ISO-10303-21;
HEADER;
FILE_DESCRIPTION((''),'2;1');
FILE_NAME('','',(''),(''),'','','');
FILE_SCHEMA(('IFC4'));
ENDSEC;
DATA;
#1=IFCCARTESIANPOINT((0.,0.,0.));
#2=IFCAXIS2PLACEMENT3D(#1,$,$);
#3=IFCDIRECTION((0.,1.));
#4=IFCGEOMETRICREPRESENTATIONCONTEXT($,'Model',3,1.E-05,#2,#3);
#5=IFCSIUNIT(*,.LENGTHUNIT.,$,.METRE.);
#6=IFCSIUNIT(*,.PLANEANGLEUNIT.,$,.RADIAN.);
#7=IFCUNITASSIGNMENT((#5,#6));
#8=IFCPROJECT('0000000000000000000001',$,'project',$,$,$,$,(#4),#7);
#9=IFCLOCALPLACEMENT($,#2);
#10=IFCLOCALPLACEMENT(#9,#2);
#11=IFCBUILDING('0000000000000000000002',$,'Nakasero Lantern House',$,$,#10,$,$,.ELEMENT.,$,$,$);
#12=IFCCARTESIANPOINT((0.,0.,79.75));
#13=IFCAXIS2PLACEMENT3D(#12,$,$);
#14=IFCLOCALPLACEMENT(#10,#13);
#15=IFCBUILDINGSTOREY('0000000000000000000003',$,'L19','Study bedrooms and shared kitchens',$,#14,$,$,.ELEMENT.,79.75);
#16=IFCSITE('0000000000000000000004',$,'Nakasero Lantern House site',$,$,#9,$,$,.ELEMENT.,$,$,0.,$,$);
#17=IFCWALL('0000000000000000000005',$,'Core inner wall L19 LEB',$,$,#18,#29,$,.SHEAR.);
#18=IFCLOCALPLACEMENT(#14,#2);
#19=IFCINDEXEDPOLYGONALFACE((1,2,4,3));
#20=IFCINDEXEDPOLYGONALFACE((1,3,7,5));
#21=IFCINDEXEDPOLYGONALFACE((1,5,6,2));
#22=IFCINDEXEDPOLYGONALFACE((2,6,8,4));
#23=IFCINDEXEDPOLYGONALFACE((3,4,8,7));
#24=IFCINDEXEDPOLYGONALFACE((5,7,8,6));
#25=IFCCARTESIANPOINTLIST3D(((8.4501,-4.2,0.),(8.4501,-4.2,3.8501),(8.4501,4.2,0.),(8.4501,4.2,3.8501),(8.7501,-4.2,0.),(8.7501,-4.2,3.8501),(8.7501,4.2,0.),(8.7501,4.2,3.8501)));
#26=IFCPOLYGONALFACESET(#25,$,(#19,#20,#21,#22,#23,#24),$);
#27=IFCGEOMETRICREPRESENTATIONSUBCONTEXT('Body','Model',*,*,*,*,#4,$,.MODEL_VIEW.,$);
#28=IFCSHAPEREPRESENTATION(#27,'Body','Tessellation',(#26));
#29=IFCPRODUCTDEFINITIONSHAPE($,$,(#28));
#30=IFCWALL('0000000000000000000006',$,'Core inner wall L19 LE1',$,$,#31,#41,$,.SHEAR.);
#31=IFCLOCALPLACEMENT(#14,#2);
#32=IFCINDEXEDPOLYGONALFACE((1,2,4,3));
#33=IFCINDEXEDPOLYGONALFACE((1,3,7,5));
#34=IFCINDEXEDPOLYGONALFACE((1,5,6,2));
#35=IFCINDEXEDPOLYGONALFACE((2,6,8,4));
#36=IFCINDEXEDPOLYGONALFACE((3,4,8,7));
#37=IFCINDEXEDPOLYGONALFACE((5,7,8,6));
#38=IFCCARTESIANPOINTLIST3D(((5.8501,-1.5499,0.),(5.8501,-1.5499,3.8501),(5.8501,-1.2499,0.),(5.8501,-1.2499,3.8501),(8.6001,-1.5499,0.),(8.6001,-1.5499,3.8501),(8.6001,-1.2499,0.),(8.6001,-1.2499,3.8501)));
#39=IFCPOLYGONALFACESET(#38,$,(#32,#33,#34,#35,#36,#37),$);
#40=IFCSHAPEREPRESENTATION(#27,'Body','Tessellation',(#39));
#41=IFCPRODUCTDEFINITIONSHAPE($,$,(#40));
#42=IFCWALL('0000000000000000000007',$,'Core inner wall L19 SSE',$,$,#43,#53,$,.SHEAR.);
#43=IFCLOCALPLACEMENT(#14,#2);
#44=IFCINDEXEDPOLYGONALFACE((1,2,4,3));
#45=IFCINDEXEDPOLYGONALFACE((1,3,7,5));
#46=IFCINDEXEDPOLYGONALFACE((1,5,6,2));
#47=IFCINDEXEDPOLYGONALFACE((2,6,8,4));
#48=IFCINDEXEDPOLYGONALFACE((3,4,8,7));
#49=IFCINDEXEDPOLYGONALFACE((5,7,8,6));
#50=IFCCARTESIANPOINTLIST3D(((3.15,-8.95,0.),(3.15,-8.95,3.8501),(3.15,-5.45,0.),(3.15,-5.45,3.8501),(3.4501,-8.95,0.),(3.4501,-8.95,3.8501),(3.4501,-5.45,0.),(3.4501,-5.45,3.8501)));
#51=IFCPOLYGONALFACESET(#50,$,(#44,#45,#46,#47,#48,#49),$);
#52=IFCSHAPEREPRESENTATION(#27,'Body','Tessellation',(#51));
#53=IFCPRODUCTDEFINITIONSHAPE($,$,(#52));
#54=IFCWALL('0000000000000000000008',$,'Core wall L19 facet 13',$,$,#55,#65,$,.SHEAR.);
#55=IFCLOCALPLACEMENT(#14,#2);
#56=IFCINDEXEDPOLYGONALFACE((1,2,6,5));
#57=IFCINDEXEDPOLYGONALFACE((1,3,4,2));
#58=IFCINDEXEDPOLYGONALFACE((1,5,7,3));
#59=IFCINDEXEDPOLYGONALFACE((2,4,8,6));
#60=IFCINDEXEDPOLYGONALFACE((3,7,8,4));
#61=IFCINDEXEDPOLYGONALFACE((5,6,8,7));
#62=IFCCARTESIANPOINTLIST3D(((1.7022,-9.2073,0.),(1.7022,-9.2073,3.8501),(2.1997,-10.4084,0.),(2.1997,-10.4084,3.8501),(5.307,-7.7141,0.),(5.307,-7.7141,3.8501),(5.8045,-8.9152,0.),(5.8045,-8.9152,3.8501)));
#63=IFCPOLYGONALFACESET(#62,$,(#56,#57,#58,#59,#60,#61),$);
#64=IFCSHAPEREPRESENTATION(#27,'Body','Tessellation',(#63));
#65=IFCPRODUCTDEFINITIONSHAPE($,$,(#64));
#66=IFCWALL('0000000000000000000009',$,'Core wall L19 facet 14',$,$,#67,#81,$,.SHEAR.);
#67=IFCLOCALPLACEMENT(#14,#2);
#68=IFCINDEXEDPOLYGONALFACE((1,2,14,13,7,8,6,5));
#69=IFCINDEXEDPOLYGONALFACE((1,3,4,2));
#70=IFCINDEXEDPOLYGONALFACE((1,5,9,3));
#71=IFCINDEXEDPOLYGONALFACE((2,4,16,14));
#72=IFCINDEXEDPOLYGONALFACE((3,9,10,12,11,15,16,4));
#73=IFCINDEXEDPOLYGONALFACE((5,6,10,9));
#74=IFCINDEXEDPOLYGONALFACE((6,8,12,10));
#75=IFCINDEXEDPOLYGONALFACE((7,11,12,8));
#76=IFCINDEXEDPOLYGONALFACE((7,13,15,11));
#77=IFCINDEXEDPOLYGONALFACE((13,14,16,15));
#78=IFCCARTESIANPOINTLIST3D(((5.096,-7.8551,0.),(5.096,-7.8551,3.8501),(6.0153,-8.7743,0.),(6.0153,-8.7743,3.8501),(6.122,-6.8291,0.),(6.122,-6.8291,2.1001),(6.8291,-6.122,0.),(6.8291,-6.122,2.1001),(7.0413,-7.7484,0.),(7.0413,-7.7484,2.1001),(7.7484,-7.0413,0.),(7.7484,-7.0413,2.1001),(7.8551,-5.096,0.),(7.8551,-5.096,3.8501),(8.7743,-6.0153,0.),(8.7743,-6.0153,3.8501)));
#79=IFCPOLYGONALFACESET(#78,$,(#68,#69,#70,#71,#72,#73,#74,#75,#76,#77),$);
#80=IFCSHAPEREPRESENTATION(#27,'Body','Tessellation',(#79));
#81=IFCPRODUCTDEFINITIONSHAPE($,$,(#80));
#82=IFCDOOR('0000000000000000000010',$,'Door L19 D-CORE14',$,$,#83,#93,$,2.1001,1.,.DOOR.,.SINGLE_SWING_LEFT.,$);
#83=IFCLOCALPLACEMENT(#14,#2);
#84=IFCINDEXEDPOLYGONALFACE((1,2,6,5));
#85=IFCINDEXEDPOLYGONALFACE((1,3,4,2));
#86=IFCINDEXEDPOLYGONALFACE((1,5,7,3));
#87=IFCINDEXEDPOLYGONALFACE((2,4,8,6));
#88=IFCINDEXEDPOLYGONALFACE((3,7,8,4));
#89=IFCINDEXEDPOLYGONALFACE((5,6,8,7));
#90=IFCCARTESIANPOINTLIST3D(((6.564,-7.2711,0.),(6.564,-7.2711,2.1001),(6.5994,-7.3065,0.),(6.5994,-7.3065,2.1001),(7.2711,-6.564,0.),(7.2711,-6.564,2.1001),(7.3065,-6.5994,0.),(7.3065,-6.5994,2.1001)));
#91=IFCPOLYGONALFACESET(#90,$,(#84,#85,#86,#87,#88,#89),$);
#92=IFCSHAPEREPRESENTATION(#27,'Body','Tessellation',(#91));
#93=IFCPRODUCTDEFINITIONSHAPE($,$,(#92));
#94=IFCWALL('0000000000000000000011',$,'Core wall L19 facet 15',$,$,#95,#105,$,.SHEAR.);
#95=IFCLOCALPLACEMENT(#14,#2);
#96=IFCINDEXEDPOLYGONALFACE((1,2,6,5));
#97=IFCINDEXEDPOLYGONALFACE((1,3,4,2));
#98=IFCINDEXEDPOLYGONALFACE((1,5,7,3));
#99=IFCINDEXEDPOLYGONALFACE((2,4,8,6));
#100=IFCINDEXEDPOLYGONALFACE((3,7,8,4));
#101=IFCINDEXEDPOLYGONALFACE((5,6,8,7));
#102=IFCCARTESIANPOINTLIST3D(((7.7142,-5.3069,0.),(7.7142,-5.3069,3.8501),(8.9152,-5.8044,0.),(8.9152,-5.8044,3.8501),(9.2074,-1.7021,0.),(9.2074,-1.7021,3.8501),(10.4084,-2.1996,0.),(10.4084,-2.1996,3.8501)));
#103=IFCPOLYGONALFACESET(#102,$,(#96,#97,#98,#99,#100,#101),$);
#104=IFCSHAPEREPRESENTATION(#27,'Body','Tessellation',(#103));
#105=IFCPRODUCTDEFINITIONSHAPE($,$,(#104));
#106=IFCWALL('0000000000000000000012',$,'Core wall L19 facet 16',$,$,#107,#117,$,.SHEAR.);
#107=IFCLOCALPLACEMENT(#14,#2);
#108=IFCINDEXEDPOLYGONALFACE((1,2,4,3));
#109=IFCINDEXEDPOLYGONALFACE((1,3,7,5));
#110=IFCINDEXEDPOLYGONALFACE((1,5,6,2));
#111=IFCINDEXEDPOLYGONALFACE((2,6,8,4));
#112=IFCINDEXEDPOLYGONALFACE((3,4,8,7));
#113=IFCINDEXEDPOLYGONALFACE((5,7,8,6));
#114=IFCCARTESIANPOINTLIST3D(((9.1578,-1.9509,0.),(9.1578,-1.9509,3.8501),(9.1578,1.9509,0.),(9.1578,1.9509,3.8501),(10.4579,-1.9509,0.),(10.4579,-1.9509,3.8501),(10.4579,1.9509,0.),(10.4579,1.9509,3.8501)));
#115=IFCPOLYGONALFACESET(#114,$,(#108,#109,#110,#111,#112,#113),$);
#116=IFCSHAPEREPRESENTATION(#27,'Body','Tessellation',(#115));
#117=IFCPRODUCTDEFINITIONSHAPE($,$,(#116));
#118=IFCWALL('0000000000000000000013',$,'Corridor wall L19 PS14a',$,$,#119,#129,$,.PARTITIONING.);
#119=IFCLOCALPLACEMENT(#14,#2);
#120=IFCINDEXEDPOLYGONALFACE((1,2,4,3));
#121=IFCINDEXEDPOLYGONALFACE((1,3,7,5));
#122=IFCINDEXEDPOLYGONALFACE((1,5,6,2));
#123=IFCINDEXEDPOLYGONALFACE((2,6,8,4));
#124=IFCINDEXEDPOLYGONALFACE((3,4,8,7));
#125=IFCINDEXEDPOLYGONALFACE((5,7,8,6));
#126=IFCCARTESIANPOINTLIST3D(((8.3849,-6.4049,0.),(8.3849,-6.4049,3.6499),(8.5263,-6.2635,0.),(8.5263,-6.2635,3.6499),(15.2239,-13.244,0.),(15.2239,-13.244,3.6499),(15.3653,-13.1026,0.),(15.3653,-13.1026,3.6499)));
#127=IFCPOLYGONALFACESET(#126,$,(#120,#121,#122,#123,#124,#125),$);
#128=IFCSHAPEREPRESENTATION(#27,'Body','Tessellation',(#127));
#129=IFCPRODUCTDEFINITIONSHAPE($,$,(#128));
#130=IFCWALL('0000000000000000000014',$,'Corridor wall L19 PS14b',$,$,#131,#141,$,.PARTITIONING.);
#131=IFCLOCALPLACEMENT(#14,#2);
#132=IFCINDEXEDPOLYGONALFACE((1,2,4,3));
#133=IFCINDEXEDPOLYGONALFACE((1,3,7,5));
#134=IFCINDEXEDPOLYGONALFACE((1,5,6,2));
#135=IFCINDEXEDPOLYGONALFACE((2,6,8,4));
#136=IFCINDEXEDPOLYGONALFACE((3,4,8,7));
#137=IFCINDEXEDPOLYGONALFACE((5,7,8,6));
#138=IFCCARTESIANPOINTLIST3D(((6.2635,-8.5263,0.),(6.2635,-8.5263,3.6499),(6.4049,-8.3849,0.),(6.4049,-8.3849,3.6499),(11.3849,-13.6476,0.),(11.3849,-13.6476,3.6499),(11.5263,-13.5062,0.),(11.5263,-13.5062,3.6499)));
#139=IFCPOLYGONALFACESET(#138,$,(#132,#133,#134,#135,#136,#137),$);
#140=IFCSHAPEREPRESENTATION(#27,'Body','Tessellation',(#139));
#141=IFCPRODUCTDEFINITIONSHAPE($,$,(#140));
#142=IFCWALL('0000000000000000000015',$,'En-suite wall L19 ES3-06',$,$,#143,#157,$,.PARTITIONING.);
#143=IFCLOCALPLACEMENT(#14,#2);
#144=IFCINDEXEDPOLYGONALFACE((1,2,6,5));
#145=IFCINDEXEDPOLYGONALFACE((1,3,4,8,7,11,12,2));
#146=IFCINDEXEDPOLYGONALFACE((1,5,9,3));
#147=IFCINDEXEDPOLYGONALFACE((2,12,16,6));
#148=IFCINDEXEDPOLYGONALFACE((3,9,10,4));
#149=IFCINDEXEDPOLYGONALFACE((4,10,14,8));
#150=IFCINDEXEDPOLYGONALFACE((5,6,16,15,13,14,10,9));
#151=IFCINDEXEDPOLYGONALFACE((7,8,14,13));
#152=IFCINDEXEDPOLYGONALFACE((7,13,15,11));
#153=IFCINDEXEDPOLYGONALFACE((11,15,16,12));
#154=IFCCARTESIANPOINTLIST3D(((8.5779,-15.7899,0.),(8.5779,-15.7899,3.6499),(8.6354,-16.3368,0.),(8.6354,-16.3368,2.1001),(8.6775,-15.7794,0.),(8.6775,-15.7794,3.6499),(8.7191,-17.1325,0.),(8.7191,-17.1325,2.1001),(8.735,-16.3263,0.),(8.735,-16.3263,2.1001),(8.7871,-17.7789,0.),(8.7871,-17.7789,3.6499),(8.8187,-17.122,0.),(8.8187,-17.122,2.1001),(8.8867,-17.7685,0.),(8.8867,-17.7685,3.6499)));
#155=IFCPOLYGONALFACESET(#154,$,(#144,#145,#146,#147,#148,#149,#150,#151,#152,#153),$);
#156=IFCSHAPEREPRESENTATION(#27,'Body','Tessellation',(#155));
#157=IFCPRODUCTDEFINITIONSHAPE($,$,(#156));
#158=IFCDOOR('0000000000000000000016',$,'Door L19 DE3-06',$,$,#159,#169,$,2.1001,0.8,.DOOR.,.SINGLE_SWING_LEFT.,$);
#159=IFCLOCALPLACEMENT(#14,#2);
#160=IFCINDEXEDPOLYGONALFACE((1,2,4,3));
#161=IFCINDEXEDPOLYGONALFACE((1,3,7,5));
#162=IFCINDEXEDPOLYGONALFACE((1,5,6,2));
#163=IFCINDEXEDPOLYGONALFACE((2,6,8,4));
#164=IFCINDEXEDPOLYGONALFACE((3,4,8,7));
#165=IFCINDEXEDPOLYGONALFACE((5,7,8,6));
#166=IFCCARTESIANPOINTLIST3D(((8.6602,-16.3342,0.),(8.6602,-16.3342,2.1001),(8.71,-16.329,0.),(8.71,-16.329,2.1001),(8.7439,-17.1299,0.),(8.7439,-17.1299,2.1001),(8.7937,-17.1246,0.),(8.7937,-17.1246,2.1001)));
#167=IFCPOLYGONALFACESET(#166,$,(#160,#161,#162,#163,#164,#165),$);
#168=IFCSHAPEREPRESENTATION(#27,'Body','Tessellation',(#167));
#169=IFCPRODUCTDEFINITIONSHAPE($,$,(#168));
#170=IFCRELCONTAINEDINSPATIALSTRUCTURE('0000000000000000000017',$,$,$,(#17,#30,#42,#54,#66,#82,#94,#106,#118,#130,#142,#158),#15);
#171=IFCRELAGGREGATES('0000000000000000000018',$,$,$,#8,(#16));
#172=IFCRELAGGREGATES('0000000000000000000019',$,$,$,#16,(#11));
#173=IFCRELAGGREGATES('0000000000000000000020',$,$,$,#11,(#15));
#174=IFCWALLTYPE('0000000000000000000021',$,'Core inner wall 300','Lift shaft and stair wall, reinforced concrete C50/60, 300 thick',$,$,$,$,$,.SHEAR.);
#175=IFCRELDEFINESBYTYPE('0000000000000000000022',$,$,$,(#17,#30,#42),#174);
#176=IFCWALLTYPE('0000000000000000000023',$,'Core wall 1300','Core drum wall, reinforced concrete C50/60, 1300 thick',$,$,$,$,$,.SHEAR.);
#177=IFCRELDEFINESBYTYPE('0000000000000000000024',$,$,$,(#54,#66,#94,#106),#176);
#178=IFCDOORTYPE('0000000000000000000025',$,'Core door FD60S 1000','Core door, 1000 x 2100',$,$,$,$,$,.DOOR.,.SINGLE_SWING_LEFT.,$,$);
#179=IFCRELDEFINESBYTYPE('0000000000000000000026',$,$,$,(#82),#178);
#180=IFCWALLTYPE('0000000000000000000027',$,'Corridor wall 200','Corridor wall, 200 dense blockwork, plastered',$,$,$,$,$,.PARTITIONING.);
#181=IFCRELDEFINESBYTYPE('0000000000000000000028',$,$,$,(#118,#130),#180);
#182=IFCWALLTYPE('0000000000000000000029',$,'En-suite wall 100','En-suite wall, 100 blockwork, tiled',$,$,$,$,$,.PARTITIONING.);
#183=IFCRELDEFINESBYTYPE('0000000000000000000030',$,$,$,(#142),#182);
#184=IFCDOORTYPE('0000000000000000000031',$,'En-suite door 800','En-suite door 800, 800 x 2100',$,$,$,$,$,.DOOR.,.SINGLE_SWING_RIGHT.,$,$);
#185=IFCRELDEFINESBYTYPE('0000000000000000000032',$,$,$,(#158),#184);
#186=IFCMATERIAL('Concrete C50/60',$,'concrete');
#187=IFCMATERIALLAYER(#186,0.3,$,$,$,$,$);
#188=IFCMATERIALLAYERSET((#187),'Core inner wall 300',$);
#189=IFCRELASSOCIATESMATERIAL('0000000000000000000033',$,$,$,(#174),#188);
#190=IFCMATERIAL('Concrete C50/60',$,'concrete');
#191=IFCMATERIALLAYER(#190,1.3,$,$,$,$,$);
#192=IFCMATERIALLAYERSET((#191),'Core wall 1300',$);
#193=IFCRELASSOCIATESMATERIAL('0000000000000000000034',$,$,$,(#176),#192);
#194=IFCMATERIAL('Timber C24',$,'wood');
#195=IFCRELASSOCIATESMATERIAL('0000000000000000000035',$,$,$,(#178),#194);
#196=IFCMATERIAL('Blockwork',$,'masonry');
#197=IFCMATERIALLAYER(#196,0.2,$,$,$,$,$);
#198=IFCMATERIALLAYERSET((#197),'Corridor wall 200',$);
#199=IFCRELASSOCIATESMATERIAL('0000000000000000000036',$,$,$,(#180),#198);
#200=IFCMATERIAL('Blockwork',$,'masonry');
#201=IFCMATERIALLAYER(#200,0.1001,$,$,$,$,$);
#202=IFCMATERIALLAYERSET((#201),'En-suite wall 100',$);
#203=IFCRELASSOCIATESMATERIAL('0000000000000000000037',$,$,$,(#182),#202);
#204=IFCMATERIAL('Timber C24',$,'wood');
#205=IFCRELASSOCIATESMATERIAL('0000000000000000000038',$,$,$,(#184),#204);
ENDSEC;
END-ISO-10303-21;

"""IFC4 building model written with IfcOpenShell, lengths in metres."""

from ifc_helpers import new_model, si_unit, direction, frame, frame_2d, origin, place, context, subcontext, project, spatial, rectangle, extrude, material, layer, layer_set, type_object, element, fill, save


model = new_model("IFC4")

# Units and contexts
model_context = context("Model", 3, precision=1e-05, world=origin(), true_north=direction((0.0, 1.0)))
body_context = subcontext(model_context, "Body", "Model", "MODEL_VIEW")
ifc_project = project(units=[si_unit("LENGTHUNIT", "METRE"), si_unit("PLANEANGLEUNIT", "RADIAN")], contexts=[model_context])

# Site, building, storey
site_placement = place(None, origin())
site = spatial("IfcSite", under=ifc_project, at=site_placement, Name="Nakasero Lantern House site", CompositionType="ELEMENT", RefElevation=0.0)
building_placement = place(site_placement, origin())
building = spatial("IfcBuilding", under=site, at=building_placement, Name="Nakasero Lantern House", CompositionType="ELEMENT")
storey_placement = place(building_placement, frame((0.0, 0.0, 79.75)))
storey = spatial("IfcBuildingStorey", under=building, at=storey_placement, Name="L19", Description="Study bedrooms and shared kitchens", CompositionType="ELEMENT", Elevation=79.75)

# Shared definitions
ifc_material_1 = material(Name="Concrete C50/60", Category="concrete")
ifc_layer_1 = layer(ifc_material_1, 0.3)
ifc_layer_set_1 = layer_set([ifc_layer_1], Name="Core inner wall 300")
wall_type_1 = type_object("IfcWallType", Name="Core inner wall 300", Description="Lift shaft and stair wall, reinforced concrete C50/60, 300 thick", PredefinedType="SHEAR", material=ifc_layer_set_1)

# Walls
wall_1_placement = place(storey_placement, frame((8.6001, -4.2, 0.0), z_axis=(0.0, 0.0, 1.0), x_axis=(0.0, 1.0, 0.0)))
element("IfcWall", 1, at=wall_1_placement, inside=storey, type_object=wall_type_1, Name="Core inner wall L19 LEB", PredefinedType="SHEAR", context=body_context, shape_type="SweptSolid", body=[
    extrude(rectangle(XDim=8.3999, YDim=0.3, at=frame_2d((4.2, 0.0))), origin(), (0.0, 0.0, 1.0), 3.8501),
])
wall_2_placement = place(storey_placement, frame((5.8501, -1.3999, 0.0), z_axis=(0.0, 0.0, 1.0), x_axis=(1.0, 0.0, 0.0)))
element("IfcWall", 2, at=wall_2_placement, inside=storey, type_object=wall_type_1, Name="Core inner wall L19 LE1", PredefinedType="SHEAR", context=body_context, shape_type="SweptSolid", body=[
    extrude(rectangle(XDim=2.75, YDim=0.3, at=frame_2d((1.375, 0.0))), origin(), (0.0, 0.0, 1.0), 3.8501),
])
wall_3_placement = place(storey_placement, frame((3.3, -5.45, 0.0), z_axis=(0.0, 0.0, 1.0), x_axis=(0.0, -1.0, 0.0)))
element("IfcWall", 3, at=wall_3_placement, inside=storey, type_object=wall_type_1, Name="Core inner wall L19 SSE", PredefinedType="SHEAR", context=body_context, shape_type="SweptSolid", body=[
    extrude(rectangle(XDim=3.5, YDim=0.3, at=frame_2d((1.75, 0.0))), origin(), (0.0, 0.0, 1.0), 3.8501),
])
ifc_material_2 = material(Name="Concrete C50/60", Category="concrete")
ifc_layer_2 = layer(ifc_material_2, 1.3)
ifc_layer_set_2 = layer_set([ifc_layer_2], Name="Core wall 1300")
wall_type_2 = type_object("IfcWallType", Name="Core wall 1300", Description="Core drum wall, reinforced concrete C50/60, 1300 thick", PredefinedType="SHEAR", material=ifc_layer_set_2)
wall_4_placement = place(storey_placement, frame((1.9509, -9.8079, 0.0), z_axis=(0.0, 0.0, 1.0), x_axis=(0.923877, 0.382691, 0.0)))
element("IfcWall", 4, at=wall_4_placement, inside=storey, type_object=wall_type_2, Name="Core wall L19 facet 13", PredefinedType="SHEAR", context=body_context, shape_type="SweptSolid", body=[
    extrude(rectangle(XDim=3.9019, YDim=1.3, at=frame_2d((1.9509, 0.0))), origin(), (0.0, 0.0, 1.0), 3.8501),
])

# Wall, opening, door
wall_5_placement = place(storey_placement, frame((5.5557, -8.3147, 0.0), z_axis=(0.0, 0.0, 1.0), x_axis=(0.707107, 0.707107, 0.0)))
wall_5 = element("IfcWall", 5, at=wall_5_placement, inside=storey, type_object=wall_type_2, Name="Core wall L19 facet 14", PredefinedType="SHEAR", context=body_context, shape_type="SweptSolid", body=[
    extrude(rectangle(XDim=3.9019, YDim=1.3, at=frame_2d((1.9509, 0.0))), origin(), (0.0, 0.0, 1.0), 3.8501),
])
opening_1_placement = place(wall_5_placement, frame((1.4509, 0.0, 0.0)))
opening_1 = element("IfcOpeningElement", 6, at=opening_1_placement, cuts=wall_5, PredefinedType="OPENING", context=body_context, shape_type="SweptSolid", body=[
    extrude(rectangle(XDim=1.0, YDim=2.1001, at=frame_2d((0.5, 1.05))), frame((0.0, 0.6699, 0.0), z_axis=(0.0, -1.0, 0.0), x_axis=(1.0, 0.0, 0.0)), (0.0, 0.0, 1.0), 1.3401),
])
ifc_material_3 = material(Name="Timber C24", Category="wood")
door_type_1 = type_object("IfcDoorType", Name="Core door FD60S 1000", Description="Core door, 1000 x 2100", OperationType="SINGLE_SWING_LEFT", PredefinedType="DOOR", material=ifc_material_3)
door_1_placement = place(opening_1_placement, origin())
door_1 = element("IfcDoor", 7, at=door_1_placement, inside=storey, type_object=door_type_1, Name="Door L19 D-CORE14", OperationType="SINGLE_SWING_LEFT", OverallHeight=2.1001, OverallWidth=1.0, PredefinedType="DOOR", context=body_context, shape_type="SweptSolid", body=[
    extrude(rectangle(XDim=1.0, YDim=2.1001, at=frame_2d((0.5, 1.05))), frame((0.0, 0.0249, 0.0), z_axis=(0.0, -1.0, 0.0), x_axis=(1.0, 0.0, 0.0)), (0.0, 0.0, 1.0), 0.05),
])
fill(opening_1, door_1)

# Walls
for number, where, z_axis, x_axis, name in (
    (8, (8.3147, -5.5557, 0.0), (0.0, 0.0, 1.0), (0.382691, 0.923877, 0.0), "Core wall L19 facet 15"),
    (9, (9.8079, -1.9509, 0.0), (0.0, 0.0, 1.0), (0.0, 1.0, 0.0), "Core wall L19 facet 16"),
):
    element("IfcWall", number, at=place(storey_placement, frame(where, z_axis=z_axis, x_axis=x_axis)), inside=storey, type_object=wall_type_2, Name=name, PredefinedType="SHEAR", context=body_context, shape_type="SweptSolid", body=[
        extrude(rectangle(XDim=3.9019, YDim=1.3, at=frame_2d((1.9509, 0.0))), origin(), (0.0, 0.0, 1.0), 3.8501),
    ])
ifc_material_4 = material(Name="Blockwork", Category="masonry")
ifc_layer_3 = layer(ifc_material_4, 0.2)
ifc_layer_set_3 = layer_set([ifc_layer_3], Name="Corridor wall 200")
wall_type_3 = type_object("IfcWallType", Name="Corridor wall 200", Description="Corridor wall, 200 dense blockwork, plastered", PredefinedType="PARTITIONING", material=ifc_layer_set_3)
wall_6_placement = place(storey_placement, frame((8.4556, -6.3342, 0.0), z_axis=(0.0, 0.0, 1.0), x_axis=(0.707107, -0.707107, 0.0)))
element("IfcWall", 10, at=wall_6_placement, inside=storey, type_object=wall_type_3, Name="Corridor wall L19 PS14a", PredefinedType="PARTITIONING", context=body_context, shape_type="SweptSolid", body=[
    extrude(rectangle(XDim=9.6719, YDim=0.2, at=frame_2d((4.8359, 0.0))), origin(), (0.0, 0.0, 1.0), 3.6499),
])
wall_7_placement = place(storey_placement, frame((6.3342, -8.4556, 0.0), z_axis=(0.0, 0.0, 1.0), x_axis=(0.707107, -0.707107, 0.0)))
element("IfcWall", 11, at=wall_7_placement, inside=storey, type_object=wall_type_3, Name="Corridor wall L19 PS14b", PredefinedType="PARTITIONING", context=body_context, shape_type="SweptSolid", body=[
    extrude(rectangle(XDim=7.2427, YDim=0.2, at=frame_2d((3.6213, 0.0))), origin(), (0.0, 0.0, 1.0), 3.6499),
])

# Wall, opening, door
ifc_material_5 = material(Name="Blockwork", Category="masonry")
ifc_layer_4 = layer(ifc_material_5, 0.1001)
ifc_layer_set_4 = layer_set([ifc_layer_4], Name="En-suite wall 100")
wall_type_4 = type_object("IfcWallType", Name="En-suite wall 100", Description="En-suite wall, 100 blockwork, tiled", PredefinedType="PARTITIONING", material=ifc_layer_set_4)
wall_8_placement = place(storey_placement, frame((8.6277, -15.7847, 0.0), z_axis=(0.0, 0.0, 1.0), x_axis=(0.104615, -0.994513, 0.0)))
wall_8 = element("IfcWall", 12, at=wall_8_placement, inside=storey, type_object=wall_type_4, Name="En-suite wall L19 ES3-06", PredefinedType="PARTITIONING", context=body_context, shape_type="SweptSolid", body=[
    extrude(rectangle(XDim=2.0, YDim=0.1001, at=frame_2d((1.0, 0.0))), origin(), (0.0, 0.0, 1.0), 3.6499),
])
opening_2_placement = place(wall_8_placement, frame((0.55, 0.0, 0.0)))
opening_2 = element("IfcOpeningElement", 13, at=opening_2_placement, cuts=wall_8, PredefinedType="OPENING", context=body_context, shape_type="SweptSolid", body=[
    extrude(rectangle(XDim=0.8, YDim=2.1001, at=frame_2d((0.3999, 1.05))), frame((0.0, 0.0701, 0.0), z_axis=(0.0, -1.0, 0.0), x_axis=(1.0, 0.0, 0.0)), (0.0, 0.0, 1.0), 0.1401),
])
ifc_material_6 = material(Name="Timber C24", Category="wood")
door_type_2 = type_object("IfcDoorType", Name="En-suite door 800", Description="En-suite door 800, 800 x 2100", OperationType="SINGLE_SWING_RIGHT", PredefinedType="DOOR", material=ifc_material_6)
door_2_placement = place(opening_2_placement, origin())
door_2 = element("IfcDoor", 14, at=door_2_placement, inside=storey, type_object=door_type_2, Name="Door L19 DE3-06", OperationType="SINGLE_SWING_LEFT", OverallHeight=2.1001, OverallWidth=0.8, PredefinedType="DOOR", context=body_context, shape_type="SweptSolid", body=[
    extrude(rectangle(XDim=0.8, YDim=2.1001, at=frame_2d((0.3999, 1.05))), frame((0.0, 0.0249, 0.0), z_axis=(0.0, -1.0, 0.0), x_axis=(1.0, 0.0, 0.0)), (0.0, 0.0, 1.0), 0.05),
])
fill(opening_2, door_2)

save(model, "model.ifc")
